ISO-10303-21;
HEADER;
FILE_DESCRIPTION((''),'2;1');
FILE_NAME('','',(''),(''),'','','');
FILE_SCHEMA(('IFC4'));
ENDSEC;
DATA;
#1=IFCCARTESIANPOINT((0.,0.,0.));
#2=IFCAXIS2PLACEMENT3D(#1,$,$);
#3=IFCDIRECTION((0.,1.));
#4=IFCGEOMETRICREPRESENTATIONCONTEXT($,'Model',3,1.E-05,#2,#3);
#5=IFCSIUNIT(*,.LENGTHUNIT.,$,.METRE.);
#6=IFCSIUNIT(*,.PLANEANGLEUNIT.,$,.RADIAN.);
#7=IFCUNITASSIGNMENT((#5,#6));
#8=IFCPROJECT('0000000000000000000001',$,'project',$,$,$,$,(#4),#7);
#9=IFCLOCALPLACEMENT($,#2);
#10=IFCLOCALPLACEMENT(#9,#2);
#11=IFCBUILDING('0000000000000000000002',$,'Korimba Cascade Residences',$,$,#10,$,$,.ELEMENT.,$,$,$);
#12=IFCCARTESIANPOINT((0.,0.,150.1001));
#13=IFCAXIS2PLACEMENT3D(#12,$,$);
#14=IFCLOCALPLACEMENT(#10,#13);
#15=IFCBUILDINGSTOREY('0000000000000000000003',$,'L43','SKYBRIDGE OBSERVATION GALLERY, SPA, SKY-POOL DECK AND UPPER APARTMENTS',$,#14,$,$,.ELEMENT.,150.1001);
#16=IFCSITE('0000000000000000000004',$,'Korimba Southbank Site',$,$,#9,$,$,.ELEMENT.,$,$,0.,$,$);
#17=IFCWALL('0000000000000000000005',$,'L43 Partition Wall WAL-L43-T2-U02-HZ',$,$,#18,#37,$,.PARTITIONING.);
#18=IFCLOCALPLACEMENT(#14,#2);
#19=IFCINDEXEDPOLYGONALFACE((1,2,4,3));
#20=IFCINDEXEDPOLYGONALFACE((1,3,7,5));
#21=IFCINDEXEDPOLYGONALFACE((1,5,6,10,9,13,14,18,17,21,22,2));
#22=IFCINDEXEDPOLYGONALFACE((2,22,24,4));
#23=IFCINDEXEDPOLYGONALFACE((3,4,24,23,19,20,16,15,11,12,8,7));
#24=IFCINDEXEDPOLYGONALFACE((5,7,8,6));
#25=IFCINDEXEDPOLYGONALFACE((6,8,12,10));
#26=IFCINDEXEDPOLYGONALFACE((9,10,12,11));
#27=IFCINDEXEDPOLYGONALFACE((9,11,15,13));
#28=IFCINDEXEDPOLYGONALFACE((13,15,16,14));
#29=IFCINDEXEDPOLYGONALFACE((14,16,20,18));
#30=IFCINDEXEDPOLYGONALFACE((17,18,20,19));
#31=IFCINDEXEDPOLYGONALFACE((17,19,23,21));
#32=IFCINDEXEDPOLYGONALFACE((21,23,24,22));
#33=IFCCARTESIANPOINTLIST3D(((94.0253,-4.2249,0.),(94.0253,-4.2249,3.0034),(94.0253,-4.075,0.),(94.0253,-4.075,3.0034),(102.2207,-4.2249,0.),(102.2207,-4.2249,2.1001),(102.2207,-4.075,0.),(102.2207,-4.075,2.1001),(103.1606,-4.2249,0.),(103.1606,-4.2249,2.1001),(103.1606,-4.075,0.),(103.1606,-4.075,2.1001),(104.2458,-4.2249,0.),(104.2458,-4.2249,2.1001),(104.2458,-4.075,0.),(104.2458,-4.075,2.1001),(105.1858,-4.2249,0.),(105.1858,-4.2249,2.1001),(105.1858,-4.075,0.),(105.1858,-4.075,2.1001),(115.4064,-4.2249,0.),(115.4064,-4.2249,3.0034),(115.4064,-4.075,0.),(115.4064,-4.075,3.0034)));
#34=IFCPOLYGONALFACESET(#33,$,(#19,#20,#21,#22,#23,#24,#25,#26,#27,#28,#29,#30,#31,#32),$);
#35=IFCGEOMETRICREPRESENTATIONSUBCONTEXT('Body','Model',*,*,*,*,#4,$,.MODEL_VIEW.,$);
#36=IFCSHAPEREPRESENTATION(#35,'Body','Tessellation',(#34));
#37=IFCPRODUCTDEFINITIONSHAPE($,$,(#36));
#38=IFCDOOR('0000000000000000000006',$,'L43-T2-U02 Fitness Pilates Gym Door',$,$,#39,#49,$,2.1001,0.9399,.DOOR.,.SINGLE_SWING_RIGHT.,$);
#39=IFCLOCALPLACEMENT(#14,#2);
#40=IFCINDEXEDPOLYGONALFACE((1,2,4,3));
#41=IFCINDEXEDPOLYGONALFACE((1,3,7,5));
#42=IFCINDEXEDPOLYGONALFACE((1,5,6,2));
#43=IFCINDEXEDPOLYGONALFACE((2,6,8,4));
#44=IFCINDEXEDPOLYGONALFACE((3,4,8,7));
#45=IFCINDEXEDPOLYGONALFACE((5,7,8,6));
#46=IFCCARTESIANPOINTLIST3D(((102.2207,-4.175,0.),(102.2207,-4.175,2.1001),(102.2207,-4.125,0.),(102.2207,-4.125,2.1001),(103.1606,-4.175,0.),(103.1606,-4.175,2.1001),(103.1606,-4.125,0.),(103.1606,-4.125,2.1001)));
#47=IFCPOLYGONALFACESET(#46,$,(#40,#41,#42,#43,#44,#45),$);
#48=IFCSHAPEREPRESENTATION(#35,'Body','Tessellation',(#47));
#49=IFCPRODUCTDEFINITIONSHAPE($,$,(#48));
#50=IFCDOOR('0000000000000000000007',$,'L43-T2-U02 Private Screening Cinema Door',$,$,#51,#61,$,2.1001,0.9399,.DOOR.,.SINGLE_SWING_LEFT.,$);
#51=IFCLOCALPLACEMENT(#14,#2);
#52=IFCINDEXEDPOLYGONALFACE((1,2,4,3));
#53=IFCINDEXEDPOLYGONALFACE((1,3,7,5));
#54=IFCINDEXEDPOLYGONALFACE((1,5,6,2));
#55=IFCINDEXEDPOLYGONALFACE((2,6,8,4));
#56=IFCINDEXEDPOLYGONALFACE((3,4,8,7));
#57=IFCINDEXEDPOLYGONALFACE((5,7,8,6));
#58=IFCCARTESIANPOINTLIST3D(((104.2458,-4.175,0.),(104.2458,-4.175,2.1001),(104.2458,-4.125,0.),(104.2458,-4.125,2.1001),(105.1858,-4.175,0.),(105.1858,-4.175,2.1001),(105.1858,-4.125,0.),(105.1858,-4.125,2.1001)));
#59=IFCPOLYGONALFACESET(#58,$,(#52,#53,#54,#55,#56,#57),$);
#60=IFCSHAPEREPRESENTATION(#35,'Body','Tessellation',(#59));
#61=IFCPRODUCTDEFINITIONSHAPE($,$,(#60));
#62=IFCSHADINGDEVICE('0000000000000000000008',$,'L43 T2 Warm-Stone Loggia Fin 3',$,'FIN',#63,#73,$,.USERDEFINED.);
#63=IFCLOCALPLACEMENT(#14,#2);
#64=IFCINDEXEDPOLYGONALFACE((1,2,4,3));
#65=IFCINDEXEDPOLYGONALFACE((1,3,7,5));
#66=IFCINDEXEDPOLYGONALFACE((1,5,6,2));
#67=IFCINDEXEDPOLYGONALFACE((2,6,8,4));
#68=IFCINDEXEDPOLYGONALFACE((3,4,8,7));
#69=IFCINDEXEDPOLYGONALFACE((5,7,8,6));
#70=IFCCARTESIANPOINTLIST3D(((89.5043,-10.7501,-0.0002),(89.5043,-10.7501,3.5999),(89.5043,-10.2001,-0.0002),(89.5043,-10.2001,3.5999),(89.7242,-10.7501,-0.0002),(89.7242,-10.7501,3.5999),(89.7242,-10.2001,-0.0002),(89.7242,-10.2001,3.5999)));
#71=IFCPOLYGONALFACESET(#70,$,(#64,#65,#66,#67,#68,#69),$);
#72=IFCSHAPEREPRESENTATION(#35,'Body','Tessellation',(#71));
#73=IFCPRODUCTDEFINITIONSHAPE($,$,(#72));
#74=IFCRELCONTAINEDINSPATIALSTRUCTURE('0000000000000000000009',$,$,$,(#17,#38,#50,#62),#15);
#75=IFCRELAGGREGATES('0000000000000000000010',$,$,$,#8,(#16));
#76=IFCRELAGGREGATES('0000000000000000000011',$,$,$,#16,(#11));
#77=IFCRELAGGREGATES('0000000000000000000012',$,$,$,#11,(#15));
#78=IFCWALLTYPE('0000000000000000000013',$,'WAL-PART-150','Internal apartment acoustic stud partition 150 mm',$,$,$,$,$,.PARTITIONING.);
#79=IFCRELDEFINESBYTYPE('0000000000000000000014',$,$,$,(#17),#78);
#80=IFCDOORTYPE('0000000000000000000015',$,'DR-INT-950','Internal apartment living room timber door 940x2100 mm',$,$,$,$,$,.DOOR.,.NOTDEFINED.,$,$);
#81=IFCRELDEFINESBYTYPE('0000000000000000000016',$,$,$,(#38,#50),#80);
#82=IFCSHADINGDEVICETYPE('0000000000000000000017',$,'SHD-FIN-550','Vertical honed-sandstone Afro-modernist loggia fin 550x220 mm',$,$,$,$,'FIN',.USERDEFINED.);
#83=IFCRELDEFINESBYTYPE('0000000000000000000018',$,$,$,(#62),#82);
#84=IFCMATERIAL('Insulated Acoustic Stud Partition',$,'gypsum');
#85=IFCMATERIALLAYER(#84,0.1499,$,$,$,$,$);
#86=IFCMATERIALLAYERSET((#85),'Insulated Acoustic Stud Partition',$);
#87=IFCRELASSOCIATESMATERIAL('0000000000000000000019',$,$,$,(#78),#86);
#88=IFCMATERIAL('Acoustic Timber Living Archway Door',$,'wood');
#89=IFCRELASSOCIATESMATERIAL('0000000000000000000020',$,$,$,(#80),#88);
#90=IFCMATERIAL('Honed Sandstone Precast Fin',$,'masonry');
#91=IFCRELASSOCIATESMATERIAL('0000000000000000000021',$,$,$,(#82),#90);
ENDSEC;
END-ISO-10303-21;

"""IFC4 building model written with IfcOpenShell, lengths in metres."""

from ifc_helpers import new_model, si_unit, direction, frame, frame_2d, origin, origin_2d, place, context, subcontext, project, spatial, rectangle, extrude, material, layer, layer_set, type_object, element, fill, save


model = new_model("IFC4")

# Units and contexts
model_context = context("Model", 3, precision=1e-05, world=origin(), true_north=direction((0.0, 1.0)))
body_context = subcontext(model_context, "Body", "Model", "MODEL_VIEW")
ifc_project = project(units=[si_unit("LENGTHUNIT", "METRE"), si_unit("PLANEANGLEUNIT", "RADIAN")], contexts=[model_context])

# Site, building, storey
site_placement = place(None, origin())
site = spatial("IfcSite", under=ifc_project, at=site_placement, Name="Korimba Southbank Site", CompositionType="ELEMENT", RefElevation=0.0)
building_placement = place(site_placement, origin())
building = spatial("IfcBuilding", under=site, at=building_placement, Name="Korimba Cascade Residences", CompositionType="ELEMENT")
storey_placement = place(building_placement, frame((0.0, 0.0, 150.1001)))
storey = spatial("IfcBuildingStorey", under=building, at=storey_placement, Name="L43", Description="SKYBRIDGE OBSERVATION GALLERY, SPA, SKY-POOL DECK AND UPPER APARTMENTS", CompositionType="ELEMENT", Elevation=150.1001)

# Shared definitions
ifc_material_1 = material(Name="Insulated Acoustic Stud Partition", Category="gypsum")
ifc_layer_1 = layer(ifc_material_1, 0.1499)
ifc_layer_set_1 = layer_set([ifc_layer_1], Name="Insulated Acoustic Stud Partition")
wall_type_1 = type_object("IfcWallType", Name="WAL-PART-150", Description="Internal apartment acoustic stud partition 150 mm", PredefinedType="PARTITIONING", material=ifc_layer_set_1)

# Wall, openings, doors
wall_1_placement = place(storey_placement, frame((94.0254, -4.1499, 0.0), z_axis=(0.0, 0.0, 1.0), x_axis=(1.0, 0.0, 0.0)))
wall_1 = element("IfcWall", 1, at=wall_1_placement, inside=storey, type_object=wall_type_1, Name="L43 Partition Wall WAL-L43-T2-U02-HZ", PredefinedType="PARTITIONING", context=body_context, shape_type="SweptSolid", body=[
    extrude(rectangle(XDim=21.3811, YDim=0.1499, at=frame_2d((10.6904, 0.0))), origin(), (0.0, 0.0, 1.0), 3.0034),
])
opening_1_placement = place(wall_1_placement, frame((8.1953, 0.0, 0.0)))
opening_1 = element("IfcOpeningElement", 2, at=opening_1_placement, cuts=wall_1, PredefinedType="OPENING", context=body_context, shape_type="SweptSolid", body=[
    extrude(rectangle(XDim=0.9399, YDim=2.1001, at=frame_2d((0.47, 1.05))), frame((0.0, 0.085, 0.0), z_axis=(0.0, -1.0, 0.0), x_axis=(1.0, 0.0, 0.0)), (0.0, 0.0, 1.0), 0.1699),
])
opening_2_placement = place(wall_1_placement, frame((10.2205, 0.0, 0.0)))
opening_2 = element("IfcOpeningElement", 3, at=opening_2_placement, cuts=wall_1, PredefinedType="OPENING", context=body_context, shape_type="SweptSolid", body=[
    extrude(rectangle(XDim=0.9399, YDim=2.1001, at=frame_2d((0.47, 1.05))), frame((0.0, 0.085, 0.0), z_axis=(0.0, -1.0, 0.0), x_axis=(1.0, 0.0, 0.0)), (0.0, 0.0, 1.0), 0.1699),
])
ifc_material_2 = material(Name="Acoustic Timber Living Archway Door", Category="wood")
door_type_1 = type_object("IfcDoorType", Name="DR-INT-950", Description="Internal apartment living room timber door 940x2100 mm", OperationType="NOTDEFINED", PredefinedType="DOOR", material=ifc_material_2)
door_1_placement = place(opening_1_placement, origin())
door_1 = element("IfcDoor", 4, at=door_1_placement, inside=storey, type_object=door_type_1, Name="L43-T2-U02 Fitness Pilates Gym Door", OperationType="SINGLE_SWING_RIGHT", OverallHeight=2.1001, OverallWidth=0.9399, PredefinedType="DOOR", context=body_context, shape_type="SweptSolid", body=[
    extrude(rectangle(XDim=0.9399, YDim=2.1001, at=frame_2d((0.47, 1.05))), frame((0.0, 0.0249, 0.0), z_axis=(0.0, -1.0, 0.0), x_axis=(1.0, 0.0, 0.0)), (0.0, 0.0, 1.0), 0.05),
])
fill(opening_1, door_1)
door_2_placement = place(opening_2_placement, origin())
door_2 = element("IfcDoor", 5, at=door_2_placement, inside=storey, type_object=door_type_1, Name="L43-T2-U02 Private Screening Cinema Door", OperationType="SINGLE_SWING_LEFT", OverallHeight=2.1001, OverallWidth=0.9399, PredefinedType="DOOR", context=body_context, shape_type="SweptSolid", body=[
    extrude(rectangle(XDim=0.9399, YDim=2.1001, at=frame_2d((0.47, 1.05))), frame((0.0, 0.0249, 0.0), z_axis=(0.0, -1.0, 0.0), x_axis=(1.0, 0.0, 0.0)), (0.0, 0.0, 1.0), 0.05),
])
fill(opening_2, door_2)

# Shading device
ifc_material_3 = material(Name="Honed Sandstone Precast Fin", Category="masonry")
shading_device_type = type_object("IfcShadingDeviceType", Name="SHD-FIN-550", Description="Vertical honed-sandstone Afro-modernist loggia fin 550x220 mm", ElementType="FIN", PredefinedType="USERDEFINED", material=ifc_material_3)
shading_device_placement = place(storey_placement, frame((89.6143, -10.4751, -0.0002), z_axis=(0.0, 0.0, 1.0), x_axis=(1.0, 0.0, 0.0)))
element("IfcShadingDevice", 6, at=shading_device_placement, inside=storey, type_object=shading_device_type, Name="L43 T2 Warm-Stone Loggia Fin 3", ObjectType="FIN", PredefinedType="USERDEFINED", context=body_context, shape_type="SweptSolid", body=[
    extrude(rectangle(XDim=0.22, YDim=0.55, at=origin_2d()), origin(), (0.0, 0.0, 1.0), 3.6001),
])

save(model, "model.ifc")
